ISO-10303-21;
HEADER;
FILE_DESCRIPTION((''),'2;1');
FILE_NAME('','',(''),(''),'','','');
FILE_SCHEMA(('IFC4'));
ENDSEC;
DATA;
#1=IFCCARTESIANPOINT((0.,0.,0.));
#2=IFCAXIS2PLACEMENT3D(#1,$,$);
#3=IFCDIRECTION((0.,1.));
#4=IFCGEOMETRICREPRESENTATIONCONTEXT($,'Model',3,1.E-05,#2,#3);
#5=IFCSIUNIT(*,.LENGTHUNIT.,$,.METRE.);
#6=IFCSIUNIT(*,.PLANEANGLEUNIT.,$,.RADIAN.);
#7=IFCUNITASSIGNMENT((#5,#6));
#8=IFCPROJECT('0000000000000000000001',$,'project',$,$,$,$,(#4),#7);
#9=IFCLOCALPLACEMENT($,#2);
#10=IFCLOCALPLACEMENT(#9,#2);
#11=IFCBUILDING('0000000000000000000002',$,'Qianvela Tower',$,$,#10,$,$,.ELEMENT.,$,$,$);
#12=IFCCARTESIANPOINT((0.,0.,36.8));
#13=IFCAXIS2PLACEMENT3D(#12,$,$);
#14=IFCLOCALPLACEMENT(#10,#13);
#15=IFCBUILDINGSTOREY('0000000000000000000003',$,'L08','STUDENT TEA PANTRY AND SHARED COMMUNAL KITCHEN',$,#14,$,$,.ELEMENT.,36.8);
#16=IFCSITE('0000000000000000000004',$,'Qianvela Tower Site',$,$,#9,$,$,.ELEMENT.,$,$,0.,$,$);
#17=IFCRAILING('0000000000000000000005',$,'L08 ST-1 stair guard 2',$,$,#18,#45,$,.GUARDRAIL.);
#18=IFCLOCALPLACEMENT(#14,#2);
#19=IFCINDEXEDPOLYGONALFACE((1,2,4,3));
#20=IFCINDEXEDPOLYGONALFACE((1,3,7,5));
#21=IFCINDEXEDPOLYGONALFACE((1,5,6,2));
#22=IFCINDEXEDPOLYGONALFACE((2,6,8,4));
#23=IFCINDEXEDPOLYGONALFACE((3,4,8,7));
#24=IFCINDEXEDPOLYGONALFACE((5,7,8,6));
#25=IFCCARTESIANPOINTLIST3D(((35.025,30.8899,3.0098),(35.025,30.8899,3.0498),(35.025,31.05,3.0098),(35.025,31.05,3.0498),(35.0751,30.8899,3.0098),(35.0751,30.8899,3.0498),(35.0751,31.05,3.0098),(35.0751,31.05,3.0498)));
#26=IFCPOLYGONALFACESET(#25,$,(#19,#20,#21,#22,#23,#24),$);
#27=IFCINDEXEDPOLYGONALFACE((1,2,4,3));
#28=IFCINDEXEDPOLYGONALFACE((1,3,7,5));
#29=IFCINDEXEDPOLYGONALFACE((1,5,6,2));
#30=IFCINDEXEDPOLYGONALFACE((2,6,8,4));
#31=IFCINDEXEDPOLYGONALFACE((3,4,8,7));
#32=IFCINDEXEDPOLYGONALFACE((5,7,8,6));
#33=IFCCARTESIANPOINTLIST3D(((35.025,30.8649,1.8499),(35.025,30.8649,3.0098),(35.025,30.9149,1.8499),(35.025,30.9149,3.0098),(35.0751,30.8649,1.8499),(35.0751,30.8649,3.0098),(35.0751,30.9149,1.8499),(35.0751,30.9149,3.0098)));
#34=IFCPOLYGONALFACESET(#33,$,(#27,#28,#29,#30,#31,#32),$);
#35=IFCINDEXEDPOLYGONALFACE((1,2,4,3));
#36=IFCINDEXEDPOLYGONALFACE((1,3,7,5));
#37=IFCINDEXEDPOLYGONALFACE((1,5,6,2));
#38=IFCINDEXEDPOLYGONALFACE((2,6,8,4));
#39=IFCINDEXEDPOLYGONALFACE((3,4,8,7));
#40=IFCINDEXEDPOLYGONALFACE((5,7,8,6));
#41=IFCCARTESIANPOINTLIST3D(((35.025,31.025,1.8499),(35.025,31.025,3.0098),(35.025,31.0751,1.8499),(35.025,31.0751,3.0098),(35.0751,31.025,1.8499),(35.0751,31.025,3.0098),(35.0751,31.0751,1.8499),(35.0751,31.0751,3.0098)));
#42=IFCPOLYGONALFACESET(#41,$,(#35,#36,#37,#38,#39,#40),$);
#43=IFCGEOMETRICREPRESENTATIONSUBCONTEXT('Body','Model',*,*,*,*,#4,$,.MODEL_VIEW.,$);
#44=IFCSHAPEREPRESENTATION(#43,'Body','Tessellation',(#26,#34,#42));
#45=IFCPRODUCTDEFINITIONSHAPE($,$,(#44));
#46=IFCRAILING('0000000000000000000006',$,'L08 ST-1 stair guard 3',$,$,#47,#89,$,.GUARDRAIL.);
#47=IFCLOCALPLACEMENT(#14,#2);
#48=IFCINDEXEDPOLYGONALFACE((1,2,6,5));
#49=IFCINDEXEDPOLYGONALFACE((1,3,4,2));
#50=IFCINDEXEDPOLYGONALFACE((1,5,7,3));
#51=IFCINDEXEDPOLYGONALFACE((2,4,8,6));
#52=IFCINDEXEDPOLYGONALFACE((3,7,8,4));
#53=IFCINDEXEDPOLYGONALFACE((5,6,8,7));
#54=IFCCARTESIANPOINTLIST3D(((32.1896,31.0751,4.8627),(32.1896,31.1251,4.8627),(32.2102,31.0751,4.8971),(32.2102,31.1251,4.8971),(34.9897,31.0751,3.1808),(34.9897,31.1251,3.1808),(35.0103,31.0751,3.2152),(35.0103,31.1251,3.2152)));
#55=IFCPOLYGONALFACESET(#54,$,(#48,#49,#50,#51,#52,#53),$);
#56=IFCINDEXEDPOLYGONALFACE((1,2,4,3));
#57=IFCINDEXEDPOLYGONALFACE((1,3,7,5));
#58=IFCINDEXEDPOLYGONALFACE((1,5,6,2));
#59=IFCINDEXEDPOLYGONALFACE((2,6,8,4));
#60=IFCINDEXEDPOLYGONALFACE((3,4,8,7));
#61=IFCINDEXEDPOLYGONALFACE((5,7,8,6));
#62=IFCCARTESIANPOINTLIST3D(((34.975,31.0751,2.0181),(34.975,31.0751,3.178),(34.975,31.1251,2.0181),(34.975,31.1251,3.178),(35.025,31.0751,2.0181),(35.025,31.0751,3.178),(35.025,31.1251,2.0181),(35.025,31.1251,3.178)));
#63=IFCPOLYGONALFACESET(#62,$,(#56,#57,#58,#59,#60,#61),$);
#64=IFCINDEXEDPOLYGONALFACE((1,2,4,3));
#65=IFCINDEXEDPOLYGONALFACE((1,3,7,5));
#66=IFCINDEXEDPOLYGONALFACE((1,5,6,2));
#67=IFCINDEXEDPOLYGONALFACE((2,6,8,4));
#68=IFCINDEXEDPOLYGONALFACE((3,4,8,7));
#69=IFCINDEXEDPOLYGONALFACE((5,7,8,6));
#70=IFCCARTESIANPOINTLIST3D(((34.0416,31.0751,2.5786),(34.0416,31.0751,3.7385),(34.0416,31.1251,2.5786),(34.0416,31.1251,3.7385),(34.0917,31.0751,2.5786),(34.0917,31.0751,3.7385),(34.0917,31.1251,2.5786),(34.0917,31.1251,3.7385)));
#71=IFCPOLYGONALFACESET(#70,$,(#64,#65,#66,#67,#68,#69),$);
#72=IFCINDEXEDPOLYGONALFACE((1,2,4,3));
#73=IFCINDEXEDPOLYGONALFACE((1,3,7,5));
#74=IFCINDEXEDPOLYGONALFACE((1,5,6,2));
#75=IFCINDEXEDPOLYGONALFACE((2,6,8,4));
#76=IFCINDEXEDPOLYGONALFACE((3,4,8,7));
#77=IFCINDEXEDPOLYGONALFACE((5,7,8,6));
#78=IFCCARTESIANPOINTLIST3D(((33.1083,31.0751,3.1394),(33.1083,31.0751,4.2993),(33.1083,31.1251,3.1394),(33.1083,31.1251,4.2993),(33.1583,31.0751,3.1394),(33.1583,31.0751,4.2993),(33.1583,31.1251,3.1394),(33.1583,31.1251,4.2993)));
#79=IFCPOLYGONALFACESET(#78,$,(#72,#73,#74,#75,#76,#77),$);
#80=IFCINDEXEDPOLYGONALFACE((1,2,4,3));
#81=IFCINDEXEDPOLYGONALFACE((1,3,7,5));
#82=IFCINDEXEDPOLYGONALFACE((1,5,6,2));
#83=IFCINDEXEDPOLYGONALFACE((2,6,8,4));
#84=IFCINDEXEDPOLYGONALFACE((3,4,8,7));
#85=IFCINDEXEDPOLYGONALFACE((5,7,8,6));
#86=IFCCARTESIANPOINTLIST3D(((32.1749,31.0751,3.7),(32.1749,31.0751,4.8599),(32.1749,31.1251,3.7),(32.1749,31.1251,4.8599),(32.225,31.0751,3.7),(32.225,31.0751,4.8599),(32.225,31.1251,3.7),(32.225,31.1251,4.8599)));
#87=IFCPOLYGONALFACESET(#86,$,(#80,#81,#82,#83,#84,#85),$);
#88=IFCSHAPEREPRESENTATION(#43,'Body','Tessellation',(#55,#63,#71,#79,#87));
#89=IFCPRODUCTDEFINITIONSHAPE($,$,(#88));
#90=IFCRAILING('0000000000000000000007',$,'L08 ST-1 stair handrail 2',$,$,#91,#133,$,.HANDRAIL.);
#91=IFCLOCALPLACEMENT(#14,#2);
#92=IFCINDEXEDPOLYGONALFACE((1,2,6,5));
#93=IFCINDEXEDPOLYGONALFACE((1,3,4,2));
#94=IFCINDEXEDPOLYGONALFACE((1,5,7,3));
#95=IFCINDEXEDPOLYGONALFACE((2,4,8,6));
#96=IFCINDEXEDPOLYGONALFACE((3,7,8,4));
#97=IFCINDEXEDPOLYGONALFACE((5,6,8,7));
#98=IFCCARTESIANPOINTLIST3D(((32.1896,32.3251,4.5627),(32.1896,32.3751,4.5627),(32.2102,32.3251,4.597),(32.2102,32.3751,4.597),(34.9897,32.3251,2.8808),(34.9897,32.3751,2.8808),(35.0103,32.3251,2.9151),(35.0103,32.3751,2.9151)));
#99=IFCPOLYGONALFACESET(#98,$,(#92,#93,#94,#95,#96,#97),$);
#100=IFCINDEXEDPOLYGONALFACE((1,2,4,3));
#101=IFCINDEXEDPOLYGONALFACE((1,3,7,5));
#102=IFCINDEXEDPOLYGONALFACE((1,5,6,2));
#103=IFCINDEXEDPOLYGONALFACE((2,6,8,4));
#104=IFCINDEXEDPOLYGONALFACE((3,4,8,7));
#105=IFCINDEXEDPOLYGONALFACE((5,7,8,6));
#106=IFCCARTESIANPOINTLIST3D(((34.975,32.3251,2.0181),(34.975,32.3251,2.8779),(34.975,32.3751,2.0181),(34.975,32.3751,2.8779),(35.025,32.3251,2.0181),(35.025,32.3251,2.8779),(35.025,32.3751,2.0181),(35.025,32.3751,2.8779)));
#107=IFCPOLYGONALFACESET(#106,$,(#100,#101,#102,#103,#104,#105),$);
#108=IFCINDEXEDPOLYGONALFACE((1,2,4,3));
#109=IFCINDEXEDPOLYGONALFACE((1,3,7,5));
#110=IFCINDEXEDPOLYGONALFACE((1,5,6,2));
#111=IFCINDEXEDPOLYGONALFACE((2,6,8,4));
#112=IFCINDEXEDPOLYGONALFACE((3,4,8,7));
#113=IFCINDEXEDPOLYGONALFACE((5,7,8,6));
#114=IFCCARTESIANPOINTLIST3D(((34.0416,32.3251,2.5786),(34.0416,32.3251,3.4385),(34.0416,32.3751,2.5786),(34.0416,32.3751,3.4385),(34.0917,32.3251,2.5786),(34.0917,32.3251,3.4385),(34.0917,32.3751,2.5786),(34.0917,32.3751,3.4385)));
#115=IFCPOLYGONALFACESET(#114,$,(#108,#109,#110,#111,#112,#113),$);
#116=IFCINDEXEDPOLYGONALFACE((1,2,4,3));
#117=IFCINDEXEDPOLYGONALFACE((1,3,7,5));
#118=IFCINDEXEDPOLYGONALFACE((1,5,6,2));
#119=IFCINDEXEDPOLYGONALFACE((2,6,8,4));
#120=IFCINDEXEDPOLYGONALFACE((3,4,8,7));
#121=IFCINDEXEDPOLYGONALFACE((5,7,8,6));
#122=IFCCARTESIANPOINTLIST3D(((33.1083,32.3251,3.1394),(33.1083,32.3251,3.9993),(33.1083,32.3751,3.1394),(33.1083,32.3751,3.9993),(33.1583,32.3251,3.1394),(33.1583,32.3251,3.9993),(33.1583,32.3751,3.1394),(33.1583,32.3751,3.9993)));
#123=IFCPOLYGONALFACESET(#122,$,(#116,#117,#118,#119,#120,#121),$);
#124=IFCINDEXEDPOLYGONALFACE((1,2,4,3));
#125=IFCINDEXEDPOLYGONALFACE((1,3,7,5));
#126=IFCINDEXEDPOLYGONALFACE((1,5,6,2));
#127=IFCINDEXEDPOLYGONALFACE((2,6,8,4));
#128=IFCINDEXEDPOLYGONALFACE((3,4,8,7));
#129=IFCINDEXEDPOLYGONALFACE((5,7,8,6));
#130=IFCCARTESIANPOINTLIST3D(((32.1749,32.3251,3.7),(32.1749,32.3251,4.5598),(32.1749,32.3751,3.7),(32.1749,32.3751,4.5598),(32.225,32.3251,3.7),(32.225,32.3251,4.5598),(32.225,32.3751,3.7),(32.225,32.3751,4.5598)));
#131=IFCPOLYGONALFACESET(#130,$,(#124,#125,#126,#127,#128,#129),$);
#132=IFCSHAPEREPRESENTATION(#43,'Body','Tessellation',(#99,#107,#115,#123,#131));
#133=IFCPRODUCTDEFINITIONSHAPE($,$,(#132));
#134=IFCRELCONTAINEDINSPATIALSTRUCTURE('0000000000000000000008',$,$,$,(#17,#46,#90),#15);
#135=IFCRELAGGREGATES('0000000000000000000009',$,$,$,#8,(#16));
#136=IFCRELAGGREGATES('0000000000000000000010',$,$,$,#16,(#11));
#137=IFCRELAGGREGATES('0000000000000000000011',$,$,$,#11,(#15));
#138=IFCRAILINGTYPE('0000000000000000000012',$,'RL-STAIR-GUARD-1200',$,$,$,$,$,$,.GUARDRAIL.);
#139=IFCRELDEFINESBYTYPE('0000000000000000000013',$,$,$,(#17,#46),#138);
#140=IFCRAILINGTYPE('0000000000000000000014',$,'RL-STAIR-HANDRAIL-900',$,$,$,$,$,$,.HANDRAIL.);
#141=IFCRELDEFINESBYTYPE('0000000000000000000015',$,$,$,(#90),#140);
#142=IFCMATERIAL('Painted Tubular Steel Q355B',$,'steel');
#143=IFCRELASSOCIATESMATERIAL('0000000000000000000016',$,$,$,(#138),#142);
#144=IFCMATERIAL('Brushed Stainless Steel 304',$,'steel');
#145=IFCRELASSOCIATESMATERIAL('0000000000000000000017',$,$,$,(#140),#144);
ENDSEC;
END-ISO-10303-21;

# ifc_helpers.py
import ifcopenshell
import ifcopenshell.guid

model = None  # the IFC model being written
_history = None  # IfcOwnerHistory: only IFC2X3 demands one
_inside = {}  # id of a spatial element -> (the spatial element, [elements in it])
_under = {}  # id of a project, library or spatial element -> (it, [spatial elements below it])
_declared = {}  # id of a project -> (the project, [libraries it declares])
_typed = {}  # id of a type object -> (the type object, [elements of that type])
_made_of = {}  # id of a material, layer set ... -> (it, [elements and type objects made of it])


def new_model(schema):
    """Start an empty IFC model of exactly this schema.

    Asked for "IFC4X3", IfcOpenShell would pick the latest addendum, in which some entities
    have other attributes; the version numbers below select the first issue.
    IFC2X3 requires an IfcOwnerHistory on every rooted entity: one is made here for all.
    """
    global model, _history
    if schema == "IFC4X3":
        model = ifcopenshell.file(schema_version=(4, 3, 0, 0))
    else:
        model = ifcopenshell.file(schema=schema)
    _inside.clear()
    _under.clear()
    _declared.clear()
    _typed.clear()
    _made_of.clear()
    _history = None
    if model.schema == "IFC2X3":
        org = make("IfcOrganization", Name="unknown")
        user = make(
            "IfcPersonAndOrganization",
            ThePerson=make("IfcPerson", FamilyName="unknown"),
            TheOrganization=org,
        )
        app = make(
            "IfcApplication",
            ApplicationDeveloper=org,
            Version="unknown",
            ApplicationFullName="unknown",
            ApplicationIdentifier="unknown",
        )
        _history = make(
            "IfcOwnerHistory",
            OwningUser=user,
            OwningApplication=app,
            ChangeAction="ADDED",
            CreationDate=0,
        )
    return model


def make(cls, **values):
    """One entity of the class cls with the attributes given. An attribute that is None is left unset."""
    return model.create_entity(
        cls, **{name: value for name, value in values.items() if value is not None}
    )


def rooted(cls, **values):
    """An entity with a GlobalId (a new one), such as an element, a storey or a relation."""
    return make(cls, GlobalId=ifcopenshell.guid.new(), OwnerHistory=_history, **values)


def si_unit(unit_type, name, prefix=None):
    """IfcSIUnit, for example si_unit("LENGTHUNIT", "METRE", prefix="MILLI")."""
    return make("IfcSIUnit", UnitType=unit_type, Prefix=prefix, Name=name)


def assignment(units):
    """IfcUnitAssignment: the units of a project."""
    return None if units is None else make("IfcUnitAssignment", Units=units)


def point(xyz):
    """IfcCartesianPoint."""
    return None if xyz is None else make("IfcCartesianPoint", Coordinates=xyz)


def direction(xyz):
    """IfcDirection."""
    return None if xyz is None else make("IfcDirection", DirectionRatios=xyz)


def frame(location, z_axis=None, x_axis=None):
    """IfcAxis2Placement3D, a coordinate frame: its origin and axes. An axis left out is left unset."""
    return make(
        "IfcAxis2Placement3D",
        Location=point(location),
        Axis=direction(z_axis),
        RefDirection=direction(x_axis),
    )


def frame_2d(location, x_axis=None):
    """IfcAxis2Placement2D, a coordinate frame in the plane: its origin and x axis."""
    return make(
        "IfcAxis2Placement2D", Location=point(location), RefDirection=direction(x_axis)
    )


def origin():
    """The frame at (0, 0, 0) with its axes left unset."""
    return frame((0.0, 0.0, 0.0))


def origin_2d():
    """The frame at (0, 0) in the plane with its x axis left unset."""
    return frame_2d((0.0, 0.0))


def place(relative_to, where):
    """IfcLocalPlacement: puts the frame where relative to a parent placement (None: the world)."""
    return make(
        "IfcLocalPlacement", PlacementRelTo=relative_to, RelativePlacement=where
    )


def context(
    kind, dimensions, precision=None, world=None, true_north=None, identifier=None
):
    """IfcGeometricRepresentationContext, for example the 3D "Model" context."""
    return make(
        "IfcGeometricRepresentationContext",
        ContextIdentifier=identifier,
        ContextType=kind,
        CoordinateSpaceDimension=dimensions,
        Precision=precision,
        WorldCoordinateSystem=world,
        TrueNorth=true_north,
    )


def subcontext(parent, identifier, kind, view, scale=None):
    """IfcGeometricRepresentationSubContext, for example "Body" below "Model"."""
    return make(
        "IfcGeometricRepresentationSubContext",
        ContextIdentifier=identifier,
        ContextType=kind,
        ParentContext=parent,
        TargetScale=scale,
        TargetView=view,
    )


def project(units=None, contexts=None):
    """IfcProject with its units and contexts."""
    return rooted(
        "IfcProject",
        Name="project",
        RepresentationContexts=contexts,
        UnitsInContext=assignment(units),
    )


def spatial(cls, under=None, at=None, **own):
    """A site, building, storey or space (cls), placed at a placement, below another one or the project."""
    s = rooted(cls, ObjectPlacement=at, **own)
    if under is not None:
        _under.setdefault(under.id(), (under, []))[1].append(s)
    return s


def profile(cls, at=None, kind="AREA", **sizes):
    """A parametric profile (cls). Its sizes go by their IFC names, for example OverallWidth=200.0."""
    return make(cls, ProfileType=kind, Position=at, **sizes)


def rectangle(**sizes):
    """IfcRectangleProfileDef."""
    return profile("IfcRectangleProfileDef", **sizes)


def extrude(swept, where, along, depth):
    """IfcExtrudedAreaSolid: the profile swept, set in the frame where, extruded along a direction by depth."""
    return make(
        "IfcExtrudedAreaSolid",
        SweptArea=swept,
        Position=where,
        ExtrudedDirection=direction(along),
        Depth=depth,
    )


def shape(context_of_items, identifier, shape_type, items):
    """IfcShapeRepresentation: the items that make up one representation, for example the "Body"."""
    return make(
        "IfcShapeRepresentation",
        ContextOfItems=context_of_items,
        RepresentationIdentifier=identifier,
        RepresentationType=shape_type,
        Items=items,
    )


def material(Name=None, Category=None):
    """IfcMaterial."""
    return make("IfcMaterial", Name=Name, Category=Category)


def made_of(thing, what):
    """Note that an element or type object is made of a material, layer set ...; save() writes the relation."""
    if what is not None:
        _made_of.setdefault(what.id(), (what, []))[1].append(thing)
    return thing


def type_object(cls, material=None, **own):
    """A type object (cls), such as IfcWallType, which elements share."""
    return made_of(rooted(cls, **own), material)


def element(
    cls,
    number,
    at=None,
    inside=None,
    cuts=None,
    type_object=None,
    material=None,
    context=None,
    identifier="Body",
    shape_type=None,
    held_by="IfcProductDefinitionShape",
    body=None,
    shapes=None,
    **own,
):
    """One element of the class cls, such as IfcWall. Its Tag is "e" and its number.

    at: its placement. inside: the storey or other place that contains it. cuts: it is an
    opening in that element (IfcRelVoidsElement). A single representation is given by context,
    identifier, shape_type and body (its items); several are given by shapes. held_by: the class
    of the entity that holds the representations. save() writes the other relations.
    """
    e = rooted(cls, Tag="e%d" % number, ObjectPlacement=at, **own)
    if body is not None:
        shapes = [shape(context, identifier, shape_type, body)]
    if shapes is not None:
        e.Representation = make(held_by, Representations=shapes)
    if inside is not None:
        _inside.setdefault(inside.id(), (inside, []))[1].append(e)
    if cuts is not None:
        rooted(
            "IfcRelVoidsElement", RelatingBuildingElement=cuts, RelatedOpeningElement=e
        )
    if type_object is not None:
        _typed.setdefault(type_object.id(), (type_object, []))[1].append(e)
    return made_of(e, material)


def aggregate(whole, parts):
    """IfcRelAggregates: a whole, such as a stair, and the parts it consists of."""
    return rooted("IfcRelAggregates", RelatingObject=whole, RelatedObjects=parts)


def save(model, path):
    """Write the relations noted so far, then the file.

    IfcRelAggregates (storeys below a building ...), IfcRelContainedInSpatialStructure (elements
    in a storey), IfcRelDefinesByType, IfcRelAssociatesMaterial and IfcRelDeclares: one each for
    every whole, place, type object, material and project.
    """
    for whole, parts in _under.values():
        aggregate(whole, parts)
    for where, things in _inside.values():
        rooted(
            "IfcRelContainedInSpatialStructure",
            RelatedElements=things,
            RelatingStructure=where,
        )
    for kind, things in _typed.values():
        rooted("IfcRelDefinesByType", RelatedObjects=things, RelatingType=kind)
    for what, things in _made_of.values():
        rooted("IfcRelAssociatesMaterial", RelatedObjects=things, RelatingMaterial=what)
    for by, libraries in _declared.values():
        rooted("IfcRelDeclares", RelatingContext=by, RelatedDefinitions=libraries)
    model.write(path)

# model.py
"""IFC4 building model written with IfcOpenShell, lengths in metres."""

from ifc_helpers import new_model, si_unit, direction, frame, origin, origin_2d, place, context, subcontext, project, spatial, rectangle, extrude, material, type_object, element, save


model = new_model("IFC4")

# Units and contexts
model_context = context("Model", 3, precision=1e-05, world=origin(), true_north=direction((0.0, 1.0)))
body_context = subcontext(model_context, "Body", "Model", "MODEL_VIEW")
ifc_project = project(units=[si_unit("LENGTHUNIT", "METRE"), si_unit("PLANEANGLEUNIT", "RADIAN")], contexts=[model_context])

# Site, building, storey
site_placement = place(None, origin())
site = spatial("IfcSite", under=ifc_project, at=site_placement, Name="Qianvela Tower Site", CompositionType="ELEMENT", RefElevation=0.0)
building_placement = place(site_placement, origin())
building = spatial("IfcBuilding", under=site, at=building_placement, Name="Qianvela Tower", CompositionType="ELEMENT")
storey_placement = place(building_placement, frame((0.0, 0.0, 36.8)))
storey = spatial("IfcBuildingStorey", under=building, at=storey_placement, Name="L08", Description="STUDENT TEA PANTRY AND SHARED COMMUNAL KITCHEN", CompositionType="ELEMENT", Elevation=36.8)

# Railings
ifc_material_1 = material(Name="Painted Tubular Steel Q355B", Category="steel")
railing_type_1 = type_object("IfcRailingType", Name="RL-STAIR-GUARD-1200", PredefinedType="GUARDRAIL", material=ifc_material_1)
railing_1_placement = place(storey_placement, frame((35.05, 30.8899, 1.8499)))
element("IfcRailing", 1, at=railing_1_placement, inside=storey, type_object=railing_type_1, Name="L08 ST-1 stair guard 2", PredefinedType="GUARDRAIL", context=body_context, shape_type="SweptSolid", body=[
    extrude(rectangle(XDim=0.05, YDim=0.04, at=origin_2d()), frame((0.0, 0.0, 1.1799), z_axis=(0.0, 1.0, 0.0), x_axis=(-1.0, 0.0, 0.0)), (0.0, 0.0, 1.0), 0.1602),
    extrude(rectangle(XDim=0.05, YDim=0.05, at=origin_2d()), origin(), (0.0, 0.0, 1.0), 1.1599),
    extrude(rectangle(XDim=0.05, YDim=0.05, at=origin_2d()), frame((0.0, 0.1602, 0.0)), (0.0, 0.0, 1.0), 1.1599),
])
railing_2_placement = place(storey_placement, frame((35.0, 31.1001, 2.0181)))
element("IfcRailing", 2, at=railing_2_placement, inside=storey, type_object=railing_type_1, Name="L08 ST-1 stair guard 3", PredefinedType="GUARDRAIL", context=body_context, shape_type="SweptSolid", body=[
    extrude(rectangle(XDim=0.05, YDim=0.04, at=origin_2d()), frame((0.0, 0.0, 1.1799), z_axis=(-0.857242, 0.0, 0.514913), x_axis=(0.0, -1.0, 0.0)), (0.0, 0.0, 1.0), 3.2664),
    extrude(rectangle(XDim=0.05, YDim=0.05, at=origin_2d()), origin(), (0.0, 0.0, 1.0), 1.1599),
    extrude(rectangle(XDim=0.05, YDim=0.05, at=origin_2d()), frame((-0.9333, 0.0, 0.5605)), (0.0, 0.0, 1.0), 1.1599),
    extrude(rectangle(XDim=0.05, YDim=0.05, at=origin_2d()), frame((-1.8667, 0.0, 1.1213)), (0.0, 0.0, 1.0), 1.1599),
    extrude(rectangle(XDim=0.05, YDim=0.05, at=origin_2d()), frame((-2.8, 0.0, 1.6819)), (0.0, 0.0, 1.0), 1.1599),
])
ifc_material_2 = material(Name="Brushed Stainless Steel 304", Category="steel")
railing_type_2 = type_object("IfcRailingType", Name="RL-STAIR-HANDRAIL-900", PredefinedType="HANDRAIL", material=ifc_material_2)
railing_3_placement = place(storey_placement, frame((35.0, 32.3501, 2.0181)))
element("IfcRailing", 3, at=railing_3_placement, inside=storey, type_object=railing_type_2, Name="L08 ST-1 stair handrail 2", PredefinedType="HANDRAIL", context=body_context, shape_type="SweptSolid", body=[
    extrude(rectangle(XDim=0.05, YDim=0.04, at=origin_2d()), frame((0.0, 0.0, 0.8799), z_axis=(-0.857242, 0.0, 0.514913), x_axis=(0.0, -1.0, 0.0)), (0.0, 0.0, 1.0), 3.2664),
    extrude(rectangle(XDim=0.05, YDim=0.05, at=origin_2d()), origin(), (0.0, 0.0, 1.0), 0.8599),
    extrude(rectangle(XDim=0.05, YDim=0.05, at=origin_2d()), frame((-0.9333, 0.0, 0.5605)), (0.0, 0.0, 1.0), 0.8599),
    extrude(rectangle(XDim=0.05, YDim=0.05, at=origin_2d()), frame((-1.8667, 0.0, 1.1213)), (0.0, 0.0, 1.0), 0.8599),
    extrude(rectangle(XDim=0.05, YDim=0.05, at=origin_2d()), frame((-2.8, 0.0, 1.6819)), (0.0, 0.0, 1.0), 0.8599),
])

save(model, "model.ifc")
